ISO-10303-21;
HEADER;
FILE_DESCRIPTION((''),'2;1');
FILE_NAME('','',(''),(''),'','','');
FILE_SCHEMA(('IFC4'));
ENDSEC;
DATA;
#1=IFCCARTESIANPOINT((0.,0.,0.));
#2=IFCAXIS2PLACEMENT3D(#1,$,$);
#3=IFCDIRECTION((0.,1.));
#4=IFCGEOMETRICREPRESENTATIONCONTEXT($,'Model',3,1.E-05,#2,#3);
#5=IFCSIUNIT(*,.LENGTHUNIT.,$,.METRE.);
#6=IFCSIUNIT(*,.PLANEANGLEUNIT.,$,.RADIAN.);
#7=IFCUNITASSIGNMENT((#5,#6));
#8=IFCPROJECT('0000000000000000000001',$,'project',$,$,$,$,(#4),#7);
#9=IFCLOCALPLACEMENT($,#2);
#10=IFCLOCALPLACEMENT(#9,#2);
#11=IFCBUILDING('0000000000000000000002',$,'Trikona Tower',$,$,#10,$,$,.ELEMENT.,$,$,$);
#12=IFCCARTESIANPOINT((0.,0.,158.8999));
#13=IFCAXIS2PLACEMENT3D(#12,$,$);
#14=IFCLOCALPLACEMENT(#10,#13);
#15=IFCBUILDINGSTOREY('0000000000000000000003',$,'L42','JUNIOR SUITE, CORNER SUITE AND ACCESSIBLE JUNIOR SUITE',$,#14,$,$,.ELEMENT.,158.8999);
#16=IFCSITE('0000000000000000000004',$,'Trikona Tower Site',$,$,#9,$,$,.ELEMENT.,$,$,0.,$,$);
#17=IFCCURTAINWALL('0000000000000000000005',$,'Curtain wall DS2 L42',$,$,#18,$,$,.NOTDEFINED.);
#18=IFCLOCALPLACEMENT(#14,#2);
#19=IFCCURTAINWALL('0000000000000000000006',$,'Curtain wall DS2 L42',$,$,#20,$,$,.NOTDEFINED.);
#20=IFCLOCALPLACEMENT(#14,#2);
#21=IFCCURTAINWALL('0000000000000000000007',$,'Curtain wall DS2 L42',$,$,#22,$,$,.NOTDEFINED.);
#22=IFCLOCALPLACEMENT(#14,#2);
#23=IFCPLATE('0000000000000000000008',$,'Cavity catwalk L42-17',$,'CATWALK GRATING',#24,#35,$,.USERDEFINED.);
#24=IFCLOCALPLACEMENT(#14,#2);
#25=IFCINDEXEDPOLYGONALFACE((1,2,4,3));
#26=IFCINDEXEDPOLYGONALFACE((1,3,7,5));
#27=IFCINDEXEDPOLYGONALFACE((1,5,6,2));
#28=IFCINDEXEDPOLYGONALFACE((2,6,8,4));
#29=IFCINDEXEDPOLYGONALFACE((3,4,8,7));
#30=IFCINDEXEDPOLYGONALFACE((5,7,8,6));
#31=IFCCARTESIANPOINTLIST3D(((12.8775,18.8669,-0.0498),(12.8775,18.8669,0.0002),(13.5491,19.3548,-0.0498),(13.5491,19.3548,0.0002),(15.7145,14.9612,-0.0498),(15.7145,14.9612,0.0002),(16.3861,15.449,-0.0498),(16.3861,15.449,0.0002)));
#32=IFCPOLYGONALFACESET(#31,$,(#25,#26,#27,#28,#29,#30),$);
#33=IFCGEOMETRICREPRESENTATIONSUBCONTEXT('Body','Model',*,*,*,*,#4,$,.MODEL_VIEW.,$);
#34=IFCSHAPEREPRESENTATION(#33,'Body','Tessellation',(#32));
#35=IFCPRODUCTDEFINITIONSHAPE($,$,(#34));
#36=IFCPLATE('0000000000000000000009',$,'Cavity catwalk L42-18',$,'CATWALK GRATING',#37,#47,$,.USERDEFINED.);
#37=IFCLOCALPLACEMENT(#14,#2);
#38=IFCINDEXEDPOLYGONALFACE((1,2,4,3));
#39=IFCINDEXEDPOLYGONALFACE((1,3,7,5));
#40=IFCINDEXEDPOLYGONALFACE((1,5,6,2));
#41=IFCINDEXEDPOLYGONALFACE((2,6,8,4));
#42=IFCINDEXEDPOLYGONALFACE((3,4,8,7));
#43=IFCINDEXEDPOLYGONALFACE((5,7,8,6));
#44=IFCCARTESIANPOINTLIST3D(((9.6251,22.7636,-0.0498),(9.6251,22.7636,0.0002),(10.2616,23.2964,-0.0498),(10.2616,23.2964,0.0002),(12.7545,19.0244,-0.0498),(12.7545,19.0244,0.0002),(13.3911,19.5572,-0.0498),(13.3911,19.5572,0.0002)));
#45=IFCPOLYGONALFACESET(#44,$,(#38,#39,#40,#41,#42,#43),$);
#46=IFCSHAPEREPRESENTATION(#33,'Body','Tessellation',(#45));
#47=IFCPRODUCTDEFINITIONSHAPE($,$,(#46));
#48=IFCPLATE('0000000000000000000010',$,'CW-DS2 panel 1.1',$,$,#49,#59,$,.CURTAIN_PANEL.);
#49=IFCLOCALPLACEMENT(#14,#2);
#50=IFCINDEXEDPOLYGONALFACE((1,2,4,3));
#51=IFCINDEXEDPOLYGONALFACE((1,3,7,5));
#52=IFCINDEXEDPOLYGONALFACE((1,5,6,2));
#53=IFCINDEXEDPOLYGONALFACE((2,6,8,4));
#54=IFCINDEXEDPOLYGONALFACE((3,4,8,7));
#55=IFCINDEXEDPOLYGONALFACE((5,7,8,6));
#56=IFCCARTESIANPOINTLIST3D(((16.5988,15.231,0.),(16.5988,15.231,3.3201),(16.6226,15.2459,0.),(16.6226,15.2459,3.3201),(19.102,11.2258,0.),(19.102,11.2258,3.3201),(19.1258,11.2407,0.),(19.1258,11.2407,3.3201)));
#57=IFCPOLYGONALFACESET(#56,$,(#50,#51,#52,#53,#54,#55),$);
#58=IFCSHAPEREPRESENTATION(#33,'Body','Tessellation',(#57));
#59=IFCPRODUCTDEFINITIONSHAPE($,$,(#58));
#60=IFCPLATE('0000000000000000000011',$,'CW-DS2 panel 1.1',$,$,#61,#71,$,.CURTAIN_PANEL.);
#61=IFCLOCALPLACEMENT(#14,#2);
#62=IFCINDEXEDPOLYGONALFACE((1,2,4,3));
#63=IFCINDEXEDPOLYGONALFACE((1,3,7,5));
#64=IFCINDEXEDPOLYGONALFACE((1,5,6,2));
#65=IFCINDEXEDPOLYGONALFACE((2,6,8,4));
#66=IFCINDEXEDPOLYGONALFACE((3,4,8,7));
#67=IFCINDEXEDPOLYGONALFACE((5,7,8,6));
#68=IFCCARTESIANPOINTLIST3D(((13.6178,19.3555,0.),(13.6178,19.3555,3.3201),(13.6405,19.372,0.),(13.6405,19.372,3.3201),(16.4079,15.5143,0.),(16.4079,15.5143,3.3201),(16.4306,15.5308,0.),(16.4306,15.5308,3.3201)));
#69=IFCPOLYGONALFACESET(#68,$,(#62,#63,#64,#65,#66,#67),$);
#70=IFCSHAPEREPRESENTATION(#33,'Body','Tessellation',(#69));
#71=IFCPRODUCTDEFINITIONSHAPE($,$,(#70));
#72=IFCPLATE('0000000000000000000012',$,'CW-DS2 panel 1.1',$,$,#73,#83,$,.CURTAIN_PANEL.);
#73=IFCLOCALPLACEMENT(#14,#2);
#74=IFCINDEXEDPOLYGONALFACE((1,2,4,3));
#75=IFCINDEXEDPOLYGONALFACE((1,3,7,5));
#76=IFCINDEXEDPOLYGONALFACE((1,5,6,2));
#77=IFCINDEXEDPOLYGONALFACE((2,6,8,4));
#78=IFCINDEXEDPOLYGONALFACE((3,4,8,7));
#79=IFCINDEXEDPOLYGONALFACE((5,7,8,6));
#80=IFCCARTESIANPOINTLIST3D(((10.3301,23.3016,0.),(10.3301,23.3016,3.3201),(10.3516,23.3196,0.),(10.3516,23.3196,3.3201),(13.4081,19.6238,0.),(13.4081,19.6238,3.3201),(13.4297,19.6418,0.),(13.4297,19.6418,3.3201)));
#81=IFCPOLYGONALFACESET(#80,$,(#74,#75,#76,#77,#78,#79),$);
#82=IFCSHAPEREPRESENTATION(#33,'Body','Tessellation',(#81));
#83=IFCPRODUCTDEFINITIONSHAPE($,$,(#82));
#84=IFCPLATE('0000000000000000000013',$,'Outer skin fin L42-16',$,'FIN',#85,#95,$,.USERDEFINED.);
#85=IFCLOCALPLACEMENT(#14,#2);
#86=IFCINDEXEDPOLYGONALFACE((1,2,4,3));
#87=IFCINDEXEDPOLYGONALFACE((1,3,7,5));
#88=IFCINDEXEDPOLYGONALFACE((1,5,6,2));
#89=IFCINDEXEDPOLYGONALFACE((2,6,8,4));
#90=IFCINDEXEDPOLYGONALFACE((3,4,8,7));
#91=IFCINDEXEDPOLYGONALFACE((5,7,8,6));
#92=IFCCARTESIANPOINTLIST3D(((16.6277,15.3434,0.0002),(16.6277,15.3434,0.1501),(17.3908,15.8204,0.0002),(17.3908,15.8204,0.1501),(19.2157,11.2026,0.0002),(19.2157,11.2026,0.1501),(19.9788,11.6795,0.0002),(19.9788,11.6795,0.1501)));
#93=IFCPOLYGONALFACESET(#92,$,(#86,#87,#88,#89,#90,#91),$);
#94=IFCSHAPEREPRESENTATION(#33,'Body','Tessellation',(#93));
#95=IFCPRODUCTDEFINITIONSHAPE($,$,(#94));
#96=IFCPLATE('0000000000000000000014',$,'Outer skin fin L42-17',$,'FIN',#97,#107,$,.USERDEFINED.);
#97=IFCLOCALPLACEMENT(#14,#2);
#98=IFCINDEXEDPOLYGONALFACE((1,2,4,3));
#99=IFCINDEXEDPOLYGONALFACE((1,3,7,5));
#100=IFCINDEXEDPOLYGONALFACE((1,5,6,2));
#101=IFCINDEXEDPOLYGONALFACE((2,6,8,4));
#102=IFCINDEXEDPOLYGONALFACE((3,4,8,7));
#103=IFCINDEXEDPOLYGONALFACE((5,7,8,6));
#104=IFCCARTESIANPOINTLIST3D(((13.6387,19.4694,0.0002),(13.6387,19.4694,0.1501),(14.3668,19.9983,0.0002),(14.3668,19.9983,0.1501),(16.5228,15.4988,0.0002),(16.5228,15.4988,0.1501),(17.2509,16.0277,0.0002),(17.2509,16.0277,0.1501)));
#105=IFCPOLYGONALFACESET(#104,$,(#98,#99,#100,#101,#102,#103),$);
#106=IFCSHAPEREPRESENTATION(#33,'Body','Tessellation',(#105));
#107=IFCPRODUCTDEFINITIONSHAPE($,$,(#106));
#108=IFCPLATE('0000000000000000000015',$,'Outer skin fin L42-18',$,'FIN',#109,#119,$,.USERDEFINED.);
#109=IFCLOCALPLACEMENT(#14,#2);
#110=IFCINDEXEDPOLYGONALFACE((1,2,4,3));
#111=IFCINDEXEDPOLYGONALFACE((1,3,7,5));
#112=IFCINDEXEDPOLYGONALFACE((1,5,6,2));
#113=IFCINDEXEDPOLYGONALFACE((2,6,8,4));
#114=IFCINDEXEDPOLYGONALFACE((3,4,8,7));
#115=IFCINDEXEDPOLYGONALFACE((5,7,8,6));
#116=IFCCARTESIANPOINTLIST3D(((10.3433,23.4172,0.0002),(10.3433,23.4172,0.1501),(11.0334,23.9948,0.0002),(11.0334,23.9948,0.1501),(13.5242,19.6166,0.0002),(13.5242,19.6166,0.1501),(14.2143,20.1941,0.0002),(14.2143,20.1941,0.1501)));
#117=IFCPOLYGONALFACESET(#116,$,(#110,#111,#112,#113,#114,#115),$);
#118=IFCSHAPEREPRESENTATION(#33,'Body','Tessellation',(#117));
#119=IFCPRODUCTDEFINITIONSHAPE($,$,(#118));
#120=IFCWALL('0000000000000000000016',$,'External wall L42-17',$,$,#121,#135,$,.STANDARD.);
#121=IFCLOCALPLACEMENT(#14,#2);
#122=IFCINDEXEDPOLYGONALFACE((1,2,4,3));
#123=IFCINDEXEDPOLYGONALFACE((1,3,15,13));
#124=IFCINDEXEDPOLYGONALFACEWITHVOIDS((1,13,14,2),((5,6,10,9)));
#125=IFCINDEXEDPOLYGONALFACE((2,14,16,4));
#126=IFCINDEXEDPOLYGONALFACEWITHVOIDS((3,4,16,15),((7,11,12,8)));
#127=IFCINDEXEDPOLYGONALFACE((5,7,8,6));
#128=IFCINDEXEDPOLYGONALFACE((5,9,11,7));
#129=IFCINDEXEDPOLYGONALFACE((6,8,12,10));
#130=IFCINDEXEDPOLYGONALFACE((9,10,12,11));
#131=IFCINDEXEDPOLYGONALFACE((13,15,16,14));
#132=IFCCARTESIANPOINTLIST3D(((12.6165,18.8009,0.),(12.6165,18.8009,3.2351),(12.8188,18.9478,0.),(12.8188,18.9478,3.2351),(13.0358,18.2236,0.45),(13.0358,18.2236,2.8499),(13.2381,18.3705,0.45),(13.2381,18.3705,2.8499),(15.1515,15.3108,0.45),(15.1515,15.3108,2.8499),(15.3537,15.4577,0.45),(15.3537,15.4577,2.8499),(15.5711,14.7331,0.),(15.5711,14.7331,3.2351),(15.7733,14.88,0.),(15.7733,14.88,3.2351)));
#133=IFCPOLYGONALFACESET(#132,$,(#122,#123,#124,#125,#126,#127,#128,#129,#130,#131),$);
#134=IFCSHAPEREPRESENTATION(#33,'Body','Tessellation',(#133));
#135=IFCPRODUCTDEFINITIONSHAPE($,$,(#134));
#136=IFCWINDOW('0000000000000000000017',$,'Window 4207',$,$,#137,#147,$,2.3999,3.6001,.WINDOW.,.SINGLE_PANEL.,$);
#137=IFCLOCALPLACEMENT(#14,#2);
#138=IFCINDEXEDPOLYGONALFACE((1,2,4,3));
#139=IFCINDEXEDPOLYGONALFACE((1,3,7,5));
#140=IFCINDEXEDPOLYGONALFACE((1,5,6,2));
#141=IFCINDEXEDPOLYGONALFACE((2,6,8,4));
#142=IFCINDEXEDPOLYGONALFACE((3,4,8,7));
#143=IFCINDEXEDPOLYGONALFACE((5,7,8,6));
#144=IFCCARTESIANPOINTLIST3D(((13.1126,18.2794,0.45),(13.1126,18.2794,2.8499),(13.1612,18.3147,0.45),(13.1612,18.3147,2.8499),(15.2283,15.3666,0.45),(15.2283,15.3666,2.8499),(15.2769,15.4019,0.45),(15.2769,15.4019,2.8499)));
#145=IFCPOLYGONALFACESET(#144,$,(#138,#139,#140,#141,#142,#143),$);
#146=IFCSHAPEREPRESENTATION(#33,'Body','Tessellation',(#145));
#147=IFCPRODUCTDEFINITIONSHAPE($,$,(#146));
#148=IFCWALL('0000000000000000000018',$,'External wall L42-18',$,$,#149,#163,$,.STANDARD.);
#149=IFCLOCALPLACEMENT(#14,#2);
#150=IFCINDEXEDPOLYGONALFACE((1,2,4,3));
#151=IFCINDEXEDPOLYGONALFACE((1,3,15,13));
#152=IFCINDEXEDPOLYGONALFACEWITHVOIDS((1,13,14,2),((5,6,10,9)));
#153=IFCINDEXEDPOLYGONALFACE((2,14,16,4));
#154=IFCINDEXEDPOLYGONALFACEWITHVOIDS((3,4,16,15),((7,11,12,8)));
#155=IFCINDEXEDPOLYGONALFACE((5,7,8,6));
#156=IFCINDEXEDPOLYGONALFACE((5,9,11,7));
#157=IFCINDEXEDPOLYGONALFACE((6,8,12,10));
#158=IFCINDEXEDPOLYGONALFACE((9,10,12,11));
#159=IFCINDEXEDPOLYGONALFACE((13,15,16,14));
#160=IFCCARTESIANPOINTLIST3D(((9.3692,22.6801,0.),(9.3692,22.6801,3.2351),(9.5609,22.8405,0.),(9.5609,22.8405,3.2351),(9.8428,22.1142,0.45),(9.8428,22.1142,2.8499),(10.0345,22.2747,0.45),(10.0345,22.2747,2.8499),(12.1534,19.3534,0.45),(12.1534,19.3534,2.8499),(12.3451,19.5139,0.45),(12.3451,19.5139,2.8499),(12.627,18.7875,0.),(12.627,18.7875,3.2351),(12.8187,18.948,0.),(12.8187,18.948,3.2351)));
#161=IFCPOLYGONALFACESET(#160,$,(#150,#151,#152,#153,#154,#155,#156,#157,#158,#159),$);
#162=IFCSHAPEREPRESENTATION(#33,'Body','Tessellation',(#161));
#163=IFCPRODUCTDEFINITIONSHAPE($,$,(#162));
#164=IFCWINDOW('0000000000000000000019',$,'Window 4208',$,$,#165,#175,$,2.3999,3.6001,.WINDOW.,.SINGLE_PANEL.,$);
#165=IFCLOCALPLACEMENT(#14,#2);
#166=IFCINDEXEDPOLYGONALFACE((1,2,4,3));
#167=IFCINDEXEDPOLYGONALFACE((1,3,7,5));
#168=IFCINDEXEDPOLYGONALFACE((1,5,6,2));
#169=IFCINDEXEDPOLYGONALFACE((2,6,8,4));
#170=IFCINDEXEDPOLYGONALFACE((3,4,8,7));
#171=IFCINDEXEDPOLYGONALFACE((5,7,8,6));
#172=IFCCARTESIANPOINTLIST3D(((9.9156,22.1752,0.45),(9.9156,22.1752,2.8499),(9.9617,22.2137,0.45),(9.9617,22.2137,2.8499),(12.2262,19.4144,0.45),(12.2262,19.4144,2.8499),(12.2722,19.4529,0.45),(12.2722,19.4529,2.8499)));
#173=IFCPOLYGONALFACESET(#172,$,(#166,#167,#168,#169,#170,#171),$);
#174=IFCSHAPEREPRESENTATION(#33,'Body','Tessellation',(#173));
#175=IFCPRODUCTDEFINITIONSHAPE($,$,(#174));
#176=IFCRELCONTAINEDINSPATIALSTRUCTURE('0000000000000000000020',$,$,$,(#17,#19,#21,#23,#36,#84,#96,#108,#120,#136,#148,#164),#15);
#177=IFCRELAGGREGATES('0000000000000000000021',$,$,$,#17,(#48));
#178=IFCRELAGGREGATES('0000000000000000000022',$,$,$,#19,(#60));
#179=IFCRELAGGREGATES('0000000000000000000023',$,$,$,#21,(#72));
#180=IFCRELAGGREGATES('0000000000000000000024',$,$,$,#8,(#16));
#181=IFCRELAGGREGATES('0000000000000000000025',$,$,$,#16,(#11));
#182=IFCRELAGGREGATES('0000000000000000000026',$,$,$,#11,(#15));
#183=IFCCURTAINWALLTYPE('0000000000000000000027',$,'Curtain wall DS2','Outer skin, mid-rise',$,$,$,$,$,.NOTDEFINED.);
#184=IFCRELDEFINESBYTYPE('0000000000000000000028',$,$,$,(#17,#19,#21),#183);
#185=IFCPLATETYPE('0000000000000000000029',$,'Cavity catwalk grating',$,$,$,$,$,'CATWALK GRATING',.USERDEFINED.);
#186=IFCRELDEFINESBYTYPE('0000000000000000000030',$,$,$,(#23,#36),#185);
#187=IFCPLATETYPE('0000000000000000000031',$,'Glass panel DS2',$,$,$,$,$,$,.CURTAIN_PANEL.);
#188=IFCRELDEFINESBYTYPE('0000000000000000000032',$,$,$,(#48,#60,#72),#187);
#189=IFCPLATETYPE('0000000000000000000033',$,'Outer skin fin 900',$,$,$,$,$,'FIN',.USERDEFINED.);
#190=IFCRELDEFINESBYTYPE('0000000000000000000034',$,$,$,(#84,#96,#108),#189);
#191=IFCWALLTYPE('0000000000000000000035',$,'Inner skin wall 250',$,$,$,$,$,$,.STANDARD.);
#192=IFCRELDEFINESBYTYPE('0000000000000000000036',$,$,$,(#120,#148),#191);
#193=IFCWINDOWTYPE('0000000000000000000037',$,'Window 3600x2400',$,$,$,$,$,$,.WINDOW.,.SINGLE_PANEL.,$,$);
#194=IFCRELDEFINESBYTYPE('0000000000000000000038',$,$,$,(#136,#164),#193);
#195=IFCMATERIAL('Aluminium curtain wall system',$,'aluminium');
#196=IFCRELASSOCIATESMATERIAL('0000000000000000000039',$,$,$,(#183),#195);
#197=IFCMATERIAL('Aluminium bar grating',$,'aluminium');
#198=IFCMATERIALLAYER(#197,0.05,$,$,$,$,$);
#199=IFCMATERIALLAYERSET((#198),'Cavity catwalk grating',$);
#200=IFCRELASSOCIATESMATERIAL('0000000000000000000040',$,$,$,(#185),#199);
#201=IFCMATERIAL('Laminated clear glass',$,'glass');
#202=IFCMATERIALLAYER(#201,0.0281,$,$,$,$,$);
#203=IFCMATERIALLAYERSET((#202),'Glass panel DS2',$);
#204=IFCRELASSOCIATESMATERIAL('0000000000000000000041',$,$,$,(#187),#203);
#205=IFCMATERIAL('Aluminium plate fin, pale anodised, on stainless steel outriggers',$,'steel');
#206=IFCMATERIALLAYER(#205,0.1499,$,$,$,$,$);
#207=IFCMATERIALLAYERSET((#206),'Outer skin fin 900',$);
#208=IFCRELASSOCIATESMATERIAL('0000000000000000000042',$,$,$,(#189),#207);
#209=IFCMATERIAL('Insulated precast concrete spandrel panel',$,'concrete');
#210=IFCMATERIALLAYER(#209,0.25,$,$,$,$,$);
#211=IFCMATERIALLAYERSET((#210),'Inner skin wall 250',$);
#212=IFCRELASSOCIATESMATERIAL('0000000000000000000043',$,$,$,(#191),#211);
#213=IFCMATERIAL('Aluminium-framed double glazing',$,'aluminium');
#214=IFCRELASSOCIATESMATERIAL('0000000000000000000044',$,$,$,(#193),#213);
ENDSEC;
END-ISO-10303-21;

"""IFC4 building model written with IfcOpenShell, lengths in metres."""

from ifc_helpers import new_model, si_unit, direction, frame, frame_2d, origin, origin_2d, place, context, subcontext, project, spatial, rectangle, extrude, material, layer, layer_set, type_object, element, fill, aggregate, save


model = new_model("IFC4")

# Units and contexts
model_context = context("Model", 3, precision=1e-05, world=origin(), true_north=direction((0.0, 1.0)))
body_context = subcontext(model_context, "Body", "Model", "MODEL_VIEW")
ifc_project = project(units=[si_unit("LENGTHUNIT", "METRE"), si_unit("PLANEANGLEUNIT", "RADIAN")], contexts=[model_context])

# Site, building, storey
site_placement = place(None, origin())
site = spatial("IfcSite", under=ifc_project, at=site_placement, Name="Trikona Tower Site", CompositionType="ELEMENT", RefElevation=0.0)
building_placement = place(site_placement, origin())
building = spatial("IfcBuilding", under=site, at=building_placement, Name="Trikona Tower", CompositionType="ELEMENT")
storey_placement = place(building_placement, frame((0.0, 0.0, 158.8999)))
storey = spatial("IfcBuildingStorey", under=building, at=storey_placement, Name="L42", Description="JUNIOR SUITE, CORNER SUITE AND ACCESSIBLE JUNIOR SUITE", CompositionType="ELEMENT", Elevation=158.8999)

# Curtain walls
ifc_material_1 = material(Name="Aluminium curtain wall system", Category="aluminium")
curtain_wall_type = type_object("IfcCurtainWallType", Name="Curtain wall DS2", Description="Outer skin, mid-rise", PredefinedType="NOTDEFINED", material=ifc_material_1)
curtain_wall_1_placement = place(storey_placement, origin())
curtain_wall_1 = element("IfcCurtainWall", 1, at=curtain_wall_1_placement, inside=storey, type_object=curtain_wall_type, Name="Curtain wall DS2 L42", PredefinedType="NOTDEFINED")
curtain_wall_2_placement = place(storey_placement, origin())
curtain_wall_2 = element("IfcCurtainWall", 2, at=curtain_wall_2_placement, inside=storey, type_object=curtain_wall_type, Name="Curtain wall DS2 L42", PredefinedType="NOTDEFINED")
curtain_wall_3_placement = place(storey_placement, origin())
curtain_wall_3 = element("IfcCurtainWall", 3, at=curtain_wall_3_placement, inside=storey, type_object=curtain_wall_type, Name="Curtain wall DS2 L42", PredefinedType="NOTDEFINED")

# Plates
ifc_material_2 = material(Name="Aluminium bar grating", Category="aluminium")
ifc_layer_1 = layer(ifc_material_2, 0.05)
ifc_layer_set_1 = layer_set([ifc_layer_1], Name="Cavity catwalk grating")
plate_type_1 = type_object("IfcPlateType", Name="Cavity catwalk grating", ElementType="CATWALK GRATING", PredefinedType="USERDEFINED", material=ifc_layer_set_1)
plate_1_placement = place(storey_placement, frame((14.6318, 17.158, -0.0498), z_axis=(0.0, 0.0, 1.0), x_axis=(-0.587686, 0.809089, 0.0)))
element("IfcPlate", 4, at=plate_1_placement, inside=storey, type_object=plate_type_1, Name="Cavity catwalk L42-17", ObjectType="CATWALK GRATING", PredefinedType="USERDEFINED", context=body_context, shape_type="SweptSolid", body=[
    extrude(rectangle(XDim=4.8274, YDim=0.8301, at=origin_2d()), origin(), (0.0, 0.0, 1.0), 0.05),
])
plate_2_placement = place(storey_placement, frame((11.5081, 21.1604, -0.0498), z_axis=(0.0, 0.0, 1.0), x_axis=(-0.641807, 0.766866, 0.0)))
element("IfcPlate", 5, at=plate_2_placement, inside=storey, type_object=plate_type_1, Name="Cavity catwalk L42-18", ObjectType="CATWALK GRATING", PredefinedType="USERDEFINED", context=body_context, shape_type="SweptSolid", body=[
    extrude(rectangle(XDim=4.876, YDim=0.8301, at=origin_2d()), origin(), (0.0, 0.0, 1.0), 0.05),
])

# Plates
ifc_material_3 = material(Name="Laminated clear glass", Category="glass")
ifc_layer_2 = layer(ifc_material_3, 0.0281)
ifc_layer_set_2 = layer_set([ifc_layer_2], Name="Glass panel DS2")
plate_type_2 = type_object("IfcPlateType", Name="Glass panel DS2", PredefinedType="CURTAIN_PANEL", material=ifc_layer_set_2)
plate_3_placement = place(storey_placement, frame((17.8623, 13.2358, 0.0), z_axis=(0.0, 0.0, 1.0), x_axis=(-0.529999, 0.847998, 0.0)))
plate_3 = element("IfcPlate", 6, at=plate_3_placement, type_object=plate_type_2, Name="CW-DS2 panel 1.1", PredefinedType="CURTAIN_PANEL", context=body_context, shape_type="SweptSolid", body=[
    extrude(rectangle(XDim=4.7231, YDim=0.0281, at=origin_2d()), origin(), (0.0, 0.0, 1.0), 3.3201),
])
aggregate(curtain_wall_1, [plate_3])
plate_4_placement = place(storey_placement, frame((15.0242, 17.4431, 0.0), z_axis=(0.0, 0.0, 1.0), x_axis=(-0.587691, 0.809086, 0.0)))
plate_4 = element("IfcPlate", 7, at=plate_4_placement, type_object=plate_type_2, Name="CW-DS2 panel 1.1", PredefinedType="CURTAIN_PANEL", context=body_context, shape_type="SweptSolid", body=[
    extrude(rectangle(XDim=4.7476, YDim=0.0281, at=origin_2d()), origin(), (0.0, 0.0, 1.0), 3.3201),
])
aggregate(curtain_wall_2, [plate_4])
plate_5_placement = place(storey_placement, frame((11.8799, 21.4717, 0.0), z_axis=(0.0, 0.0, 1.0), x_axis=(-0.641806, 0.766867, 0.0)))
plate_5 = element("IfcPlate", 8, at=plate_5_placement, type_object=plate_type_2, Name="CW-DS2 panel 1.1", PredefinedType="CURTAIN_PANEL", context=body_context, shape_type="SweptSolid", body=[
    extrude(rectangle(XDim=4.7959, YDim=0.0281, at=origin_2d()), origin(), (0.0, 0.0, 1.0), 3.3201),
])
aggregate(curtain_wall_3, [plate_5])

# Plates
ifc_material_4 = material(Name="Aluminium plate fin, pale anodised, on stainless steel outriggers", Category="steel")
ifc_layer_3 = layer(ifc_material_4, 0.1499)
ifc_layer_set_3 = layer_set([ifc_layer_3], Name="Outer skin fin 900")
plate_type_3 = type_object("IfcPlateType", Name="Outer skin fin 900", ElementType="FIN", PredefinedType="USERDEFINED", material=ifc_layer_set_3)
plate_6_placement = place(storey_placement, frame((18.3032, 13.5115, 0.0002), z_axis=(0.0, 0.0, 1.0), x_axis=(-0.529995, 0.848001, 0.0)))
element("IfcPlate", 9, at=plate_6_placement, inside=storey, type_object=plate_type_3, Name="Outer skin fin L42-16", ObjectType="FIN", PredefinedType="USERDEFINED", context=body_context, shape_type="SweptSolid", body=[
    extrude(rectangle(XDim=4.8831, YDim=0.8999, at=origin_2d()), origin(), (0.0, 0.0, 1.0), 0.1499),
])
plate_7_placement = place(storey_placement, frame((15.4448, 17.7485, 0.0002), z_axis=(0.0, 0.0, 1.0), x_axis=(-0.587686, 0.809089, 0.0)))
element("IfcPlate", 10, at=plate_7_placement, inside=storey, type_object=plate_type_3, Name="Outer skin fin L42-17", ObjectType="FIN", PredefinedType="USERDEFINED", context=body_context, shape_type="SweptSolid", body=[
    extrude(rectangle(XDim=4.9075, YDim=0.8999, at=origin_2d()), origin(), (0.0, 0.0, 1.0), 0.1499),
])
plate_8_placement = place(storey_placement, frame((12.2788, 21.8057, 0.0002), z_axis=(0.0, 0.0, 1.0), x_axis=(-0.641807, 0.766866, 0.0)))
element("IfcPlate", 11, at=plate_8_placement, inside=storey, type_object=plate_type_3, Name="Outer skin fin L42-18", ObjectType="FIN", PredefinedType="USERDEFINED", context=body_context, shape_type="SweptSolid", body=[
    extrude(rectangle(XDim=4.9561, YDim=0.8999, at=origin_2d()), origin(), (0.0, 0.0, 1.0), 0.1499),
])

# Walls, openings, windows
ifc_material_5 = material(Name="Insulated precast concrete spandrel panel", Category="concrete")
ifc_layer_4 = layer(ifc_material_5, 0.25)
ifc_layer_set_4 = layer_set([ifc_layer_4], Name="Inner skin wall 250")
wall_type = type_object("IfcWallType", Name="Inner skin wall 250", PredefinedType="STANDARD", material=ifc_layer_set_4)
wall_1_placement = place(storey_placement, frame((15.6721, 14.8066, 0.0), z_axis=(0.0, 0.0, 1.0), x_axis=(-0.587669, 0.809101, 0.0)))
wall_1 = element("IfcWall", 12, at=wall_1_placement, inside=storey, type_object=wall_type, Name="External wall L42-17", PredefinedType="STANDARD", context=body_context, shape_type="SweptSolid", body=[
    extrude(rectangle(XDim=5.0276, YDim=0.25, at=frame_2d((2.5137, 0.0))), origin(), (0.0, 0.0, 1.0), 3.2351),
])
opening_1_placement = place(wall_1_placement, frame((0.7139, 0.0, 0.45)))
opening_1 = element("IfcOpeningElement", 13, at=opening_1_placement, cuts=wall_1, PredefinedType="OPENING", context=body_context, shape_type="SweptSolid", body=[
    extrude(rectangle(XDim=3.6001, YDim=2.3999, at=frame_2d((1.8, 1.2))), frame((0.0, 0.135, 0.0), z_axis=(0.0, -1.0, 0.0), x_axis=(1.0, 0.0, 0.0)), (0.0, 0.0, 1.0), 0.27),
])
ifc_material_6 = material(Name="Aluminium-framed double glazing", Category="aluminium")
window_type = type_object("IfcWindowType", Name="Window 3600x2400", PartitioningType="SINGLE_PANEL", PredefinedType="WINDOW", material=ifc_material_6)
window_1_placement = place(opening_1_placement, origin())
window_1 = element("IfcWindow", 14, at=window_1_placement, inside=storey, type_object=window_type, Name="Window 4207", OverallHeight=2.3999, OverallWidth=3.6001, PartitioningType="SINGLE_PANEL", PredefinedType="WINDOW", context=body_context, shape_type="SweptSolid", body=[
    extrude(rectangle(XDim=3.6001, YDim=2.3999, at=frame_2d((1.8, 1.2))), frame((0.0, 0.03, 0.0), z_axis=(0.0, -1.0, 0.0), x_axis=(1.0, 0.0, 0.0)), (0.0, 0.0, 1.0), 0.0601),
])
fill(opening_1, window_1)
wall_2_placement = place(storey_placement, frame((12.7229, 18.8677, 0.0), z_axis=(0.0, 0.0, 1.0), x_axis=(-0.64181, 0.766863, 0.0)))
wall_2 = element("IfcWall", 15, at=wall_2_placement, inside=storey, type_object=wall_type, Name="External wall L42-18", PredefinedType="STANDARD", context=body_context, shape_type="SweptSolid", body=[
    extrude(rectangle(XDim=5.0759, YDim=0.25, at=frame_2d((2.5381, 0.0))), origin(), (0.0, 0.0, 1.0), 3.2351),
])
opening_2_placement = place(wall_2_placement, frame((0.738, 0.0, 0.45)))
opening_2 = element("IfcOpeningElement", 16, at=opening_2_placement, cuts=wall_2, PredefinedType="OPENING", context=body_context, shape_type="SweptSolid", body=[
    extrude(rectangle(XDim=3.6001, YDim=2.3999, at=frame_2d((1.8, 1.2))), frame((0.0, 0.135, 0.0), z_axis=(0.0, -1.0, 0.0), x_axis=(1.0, 0.0, 0.0)), (0.0, 0.0, 1.0), 0.27),
])
window_2_placement = place(opening_2_placement, origin())
window_2 = element("IfcWindow", 17, at=window_2_placement, inside=storey, type_object=window_type, Name="Window 4208", OverallHeight=2.3999, OverallWidth=3.6001, PartitioningType="SINGLE_PANEL", PredefinedType="WINDOW", context=body_context, shape_type="SweptSolid", body=[
    extrude(rectangle(XDim=3.6001, YDim=2.3999, at=frame_2d((1.8, 1.2))), frame((0.0, 0.03, 0.0), z_axis=(0.0, -1.0, 0.0), x_axis=(1.0, 0.0, 0.0)), (0.0, 0.0, 1.0), 0.0601),
])
fill(opening_2, window_2)

save(model, "model.ifc")
